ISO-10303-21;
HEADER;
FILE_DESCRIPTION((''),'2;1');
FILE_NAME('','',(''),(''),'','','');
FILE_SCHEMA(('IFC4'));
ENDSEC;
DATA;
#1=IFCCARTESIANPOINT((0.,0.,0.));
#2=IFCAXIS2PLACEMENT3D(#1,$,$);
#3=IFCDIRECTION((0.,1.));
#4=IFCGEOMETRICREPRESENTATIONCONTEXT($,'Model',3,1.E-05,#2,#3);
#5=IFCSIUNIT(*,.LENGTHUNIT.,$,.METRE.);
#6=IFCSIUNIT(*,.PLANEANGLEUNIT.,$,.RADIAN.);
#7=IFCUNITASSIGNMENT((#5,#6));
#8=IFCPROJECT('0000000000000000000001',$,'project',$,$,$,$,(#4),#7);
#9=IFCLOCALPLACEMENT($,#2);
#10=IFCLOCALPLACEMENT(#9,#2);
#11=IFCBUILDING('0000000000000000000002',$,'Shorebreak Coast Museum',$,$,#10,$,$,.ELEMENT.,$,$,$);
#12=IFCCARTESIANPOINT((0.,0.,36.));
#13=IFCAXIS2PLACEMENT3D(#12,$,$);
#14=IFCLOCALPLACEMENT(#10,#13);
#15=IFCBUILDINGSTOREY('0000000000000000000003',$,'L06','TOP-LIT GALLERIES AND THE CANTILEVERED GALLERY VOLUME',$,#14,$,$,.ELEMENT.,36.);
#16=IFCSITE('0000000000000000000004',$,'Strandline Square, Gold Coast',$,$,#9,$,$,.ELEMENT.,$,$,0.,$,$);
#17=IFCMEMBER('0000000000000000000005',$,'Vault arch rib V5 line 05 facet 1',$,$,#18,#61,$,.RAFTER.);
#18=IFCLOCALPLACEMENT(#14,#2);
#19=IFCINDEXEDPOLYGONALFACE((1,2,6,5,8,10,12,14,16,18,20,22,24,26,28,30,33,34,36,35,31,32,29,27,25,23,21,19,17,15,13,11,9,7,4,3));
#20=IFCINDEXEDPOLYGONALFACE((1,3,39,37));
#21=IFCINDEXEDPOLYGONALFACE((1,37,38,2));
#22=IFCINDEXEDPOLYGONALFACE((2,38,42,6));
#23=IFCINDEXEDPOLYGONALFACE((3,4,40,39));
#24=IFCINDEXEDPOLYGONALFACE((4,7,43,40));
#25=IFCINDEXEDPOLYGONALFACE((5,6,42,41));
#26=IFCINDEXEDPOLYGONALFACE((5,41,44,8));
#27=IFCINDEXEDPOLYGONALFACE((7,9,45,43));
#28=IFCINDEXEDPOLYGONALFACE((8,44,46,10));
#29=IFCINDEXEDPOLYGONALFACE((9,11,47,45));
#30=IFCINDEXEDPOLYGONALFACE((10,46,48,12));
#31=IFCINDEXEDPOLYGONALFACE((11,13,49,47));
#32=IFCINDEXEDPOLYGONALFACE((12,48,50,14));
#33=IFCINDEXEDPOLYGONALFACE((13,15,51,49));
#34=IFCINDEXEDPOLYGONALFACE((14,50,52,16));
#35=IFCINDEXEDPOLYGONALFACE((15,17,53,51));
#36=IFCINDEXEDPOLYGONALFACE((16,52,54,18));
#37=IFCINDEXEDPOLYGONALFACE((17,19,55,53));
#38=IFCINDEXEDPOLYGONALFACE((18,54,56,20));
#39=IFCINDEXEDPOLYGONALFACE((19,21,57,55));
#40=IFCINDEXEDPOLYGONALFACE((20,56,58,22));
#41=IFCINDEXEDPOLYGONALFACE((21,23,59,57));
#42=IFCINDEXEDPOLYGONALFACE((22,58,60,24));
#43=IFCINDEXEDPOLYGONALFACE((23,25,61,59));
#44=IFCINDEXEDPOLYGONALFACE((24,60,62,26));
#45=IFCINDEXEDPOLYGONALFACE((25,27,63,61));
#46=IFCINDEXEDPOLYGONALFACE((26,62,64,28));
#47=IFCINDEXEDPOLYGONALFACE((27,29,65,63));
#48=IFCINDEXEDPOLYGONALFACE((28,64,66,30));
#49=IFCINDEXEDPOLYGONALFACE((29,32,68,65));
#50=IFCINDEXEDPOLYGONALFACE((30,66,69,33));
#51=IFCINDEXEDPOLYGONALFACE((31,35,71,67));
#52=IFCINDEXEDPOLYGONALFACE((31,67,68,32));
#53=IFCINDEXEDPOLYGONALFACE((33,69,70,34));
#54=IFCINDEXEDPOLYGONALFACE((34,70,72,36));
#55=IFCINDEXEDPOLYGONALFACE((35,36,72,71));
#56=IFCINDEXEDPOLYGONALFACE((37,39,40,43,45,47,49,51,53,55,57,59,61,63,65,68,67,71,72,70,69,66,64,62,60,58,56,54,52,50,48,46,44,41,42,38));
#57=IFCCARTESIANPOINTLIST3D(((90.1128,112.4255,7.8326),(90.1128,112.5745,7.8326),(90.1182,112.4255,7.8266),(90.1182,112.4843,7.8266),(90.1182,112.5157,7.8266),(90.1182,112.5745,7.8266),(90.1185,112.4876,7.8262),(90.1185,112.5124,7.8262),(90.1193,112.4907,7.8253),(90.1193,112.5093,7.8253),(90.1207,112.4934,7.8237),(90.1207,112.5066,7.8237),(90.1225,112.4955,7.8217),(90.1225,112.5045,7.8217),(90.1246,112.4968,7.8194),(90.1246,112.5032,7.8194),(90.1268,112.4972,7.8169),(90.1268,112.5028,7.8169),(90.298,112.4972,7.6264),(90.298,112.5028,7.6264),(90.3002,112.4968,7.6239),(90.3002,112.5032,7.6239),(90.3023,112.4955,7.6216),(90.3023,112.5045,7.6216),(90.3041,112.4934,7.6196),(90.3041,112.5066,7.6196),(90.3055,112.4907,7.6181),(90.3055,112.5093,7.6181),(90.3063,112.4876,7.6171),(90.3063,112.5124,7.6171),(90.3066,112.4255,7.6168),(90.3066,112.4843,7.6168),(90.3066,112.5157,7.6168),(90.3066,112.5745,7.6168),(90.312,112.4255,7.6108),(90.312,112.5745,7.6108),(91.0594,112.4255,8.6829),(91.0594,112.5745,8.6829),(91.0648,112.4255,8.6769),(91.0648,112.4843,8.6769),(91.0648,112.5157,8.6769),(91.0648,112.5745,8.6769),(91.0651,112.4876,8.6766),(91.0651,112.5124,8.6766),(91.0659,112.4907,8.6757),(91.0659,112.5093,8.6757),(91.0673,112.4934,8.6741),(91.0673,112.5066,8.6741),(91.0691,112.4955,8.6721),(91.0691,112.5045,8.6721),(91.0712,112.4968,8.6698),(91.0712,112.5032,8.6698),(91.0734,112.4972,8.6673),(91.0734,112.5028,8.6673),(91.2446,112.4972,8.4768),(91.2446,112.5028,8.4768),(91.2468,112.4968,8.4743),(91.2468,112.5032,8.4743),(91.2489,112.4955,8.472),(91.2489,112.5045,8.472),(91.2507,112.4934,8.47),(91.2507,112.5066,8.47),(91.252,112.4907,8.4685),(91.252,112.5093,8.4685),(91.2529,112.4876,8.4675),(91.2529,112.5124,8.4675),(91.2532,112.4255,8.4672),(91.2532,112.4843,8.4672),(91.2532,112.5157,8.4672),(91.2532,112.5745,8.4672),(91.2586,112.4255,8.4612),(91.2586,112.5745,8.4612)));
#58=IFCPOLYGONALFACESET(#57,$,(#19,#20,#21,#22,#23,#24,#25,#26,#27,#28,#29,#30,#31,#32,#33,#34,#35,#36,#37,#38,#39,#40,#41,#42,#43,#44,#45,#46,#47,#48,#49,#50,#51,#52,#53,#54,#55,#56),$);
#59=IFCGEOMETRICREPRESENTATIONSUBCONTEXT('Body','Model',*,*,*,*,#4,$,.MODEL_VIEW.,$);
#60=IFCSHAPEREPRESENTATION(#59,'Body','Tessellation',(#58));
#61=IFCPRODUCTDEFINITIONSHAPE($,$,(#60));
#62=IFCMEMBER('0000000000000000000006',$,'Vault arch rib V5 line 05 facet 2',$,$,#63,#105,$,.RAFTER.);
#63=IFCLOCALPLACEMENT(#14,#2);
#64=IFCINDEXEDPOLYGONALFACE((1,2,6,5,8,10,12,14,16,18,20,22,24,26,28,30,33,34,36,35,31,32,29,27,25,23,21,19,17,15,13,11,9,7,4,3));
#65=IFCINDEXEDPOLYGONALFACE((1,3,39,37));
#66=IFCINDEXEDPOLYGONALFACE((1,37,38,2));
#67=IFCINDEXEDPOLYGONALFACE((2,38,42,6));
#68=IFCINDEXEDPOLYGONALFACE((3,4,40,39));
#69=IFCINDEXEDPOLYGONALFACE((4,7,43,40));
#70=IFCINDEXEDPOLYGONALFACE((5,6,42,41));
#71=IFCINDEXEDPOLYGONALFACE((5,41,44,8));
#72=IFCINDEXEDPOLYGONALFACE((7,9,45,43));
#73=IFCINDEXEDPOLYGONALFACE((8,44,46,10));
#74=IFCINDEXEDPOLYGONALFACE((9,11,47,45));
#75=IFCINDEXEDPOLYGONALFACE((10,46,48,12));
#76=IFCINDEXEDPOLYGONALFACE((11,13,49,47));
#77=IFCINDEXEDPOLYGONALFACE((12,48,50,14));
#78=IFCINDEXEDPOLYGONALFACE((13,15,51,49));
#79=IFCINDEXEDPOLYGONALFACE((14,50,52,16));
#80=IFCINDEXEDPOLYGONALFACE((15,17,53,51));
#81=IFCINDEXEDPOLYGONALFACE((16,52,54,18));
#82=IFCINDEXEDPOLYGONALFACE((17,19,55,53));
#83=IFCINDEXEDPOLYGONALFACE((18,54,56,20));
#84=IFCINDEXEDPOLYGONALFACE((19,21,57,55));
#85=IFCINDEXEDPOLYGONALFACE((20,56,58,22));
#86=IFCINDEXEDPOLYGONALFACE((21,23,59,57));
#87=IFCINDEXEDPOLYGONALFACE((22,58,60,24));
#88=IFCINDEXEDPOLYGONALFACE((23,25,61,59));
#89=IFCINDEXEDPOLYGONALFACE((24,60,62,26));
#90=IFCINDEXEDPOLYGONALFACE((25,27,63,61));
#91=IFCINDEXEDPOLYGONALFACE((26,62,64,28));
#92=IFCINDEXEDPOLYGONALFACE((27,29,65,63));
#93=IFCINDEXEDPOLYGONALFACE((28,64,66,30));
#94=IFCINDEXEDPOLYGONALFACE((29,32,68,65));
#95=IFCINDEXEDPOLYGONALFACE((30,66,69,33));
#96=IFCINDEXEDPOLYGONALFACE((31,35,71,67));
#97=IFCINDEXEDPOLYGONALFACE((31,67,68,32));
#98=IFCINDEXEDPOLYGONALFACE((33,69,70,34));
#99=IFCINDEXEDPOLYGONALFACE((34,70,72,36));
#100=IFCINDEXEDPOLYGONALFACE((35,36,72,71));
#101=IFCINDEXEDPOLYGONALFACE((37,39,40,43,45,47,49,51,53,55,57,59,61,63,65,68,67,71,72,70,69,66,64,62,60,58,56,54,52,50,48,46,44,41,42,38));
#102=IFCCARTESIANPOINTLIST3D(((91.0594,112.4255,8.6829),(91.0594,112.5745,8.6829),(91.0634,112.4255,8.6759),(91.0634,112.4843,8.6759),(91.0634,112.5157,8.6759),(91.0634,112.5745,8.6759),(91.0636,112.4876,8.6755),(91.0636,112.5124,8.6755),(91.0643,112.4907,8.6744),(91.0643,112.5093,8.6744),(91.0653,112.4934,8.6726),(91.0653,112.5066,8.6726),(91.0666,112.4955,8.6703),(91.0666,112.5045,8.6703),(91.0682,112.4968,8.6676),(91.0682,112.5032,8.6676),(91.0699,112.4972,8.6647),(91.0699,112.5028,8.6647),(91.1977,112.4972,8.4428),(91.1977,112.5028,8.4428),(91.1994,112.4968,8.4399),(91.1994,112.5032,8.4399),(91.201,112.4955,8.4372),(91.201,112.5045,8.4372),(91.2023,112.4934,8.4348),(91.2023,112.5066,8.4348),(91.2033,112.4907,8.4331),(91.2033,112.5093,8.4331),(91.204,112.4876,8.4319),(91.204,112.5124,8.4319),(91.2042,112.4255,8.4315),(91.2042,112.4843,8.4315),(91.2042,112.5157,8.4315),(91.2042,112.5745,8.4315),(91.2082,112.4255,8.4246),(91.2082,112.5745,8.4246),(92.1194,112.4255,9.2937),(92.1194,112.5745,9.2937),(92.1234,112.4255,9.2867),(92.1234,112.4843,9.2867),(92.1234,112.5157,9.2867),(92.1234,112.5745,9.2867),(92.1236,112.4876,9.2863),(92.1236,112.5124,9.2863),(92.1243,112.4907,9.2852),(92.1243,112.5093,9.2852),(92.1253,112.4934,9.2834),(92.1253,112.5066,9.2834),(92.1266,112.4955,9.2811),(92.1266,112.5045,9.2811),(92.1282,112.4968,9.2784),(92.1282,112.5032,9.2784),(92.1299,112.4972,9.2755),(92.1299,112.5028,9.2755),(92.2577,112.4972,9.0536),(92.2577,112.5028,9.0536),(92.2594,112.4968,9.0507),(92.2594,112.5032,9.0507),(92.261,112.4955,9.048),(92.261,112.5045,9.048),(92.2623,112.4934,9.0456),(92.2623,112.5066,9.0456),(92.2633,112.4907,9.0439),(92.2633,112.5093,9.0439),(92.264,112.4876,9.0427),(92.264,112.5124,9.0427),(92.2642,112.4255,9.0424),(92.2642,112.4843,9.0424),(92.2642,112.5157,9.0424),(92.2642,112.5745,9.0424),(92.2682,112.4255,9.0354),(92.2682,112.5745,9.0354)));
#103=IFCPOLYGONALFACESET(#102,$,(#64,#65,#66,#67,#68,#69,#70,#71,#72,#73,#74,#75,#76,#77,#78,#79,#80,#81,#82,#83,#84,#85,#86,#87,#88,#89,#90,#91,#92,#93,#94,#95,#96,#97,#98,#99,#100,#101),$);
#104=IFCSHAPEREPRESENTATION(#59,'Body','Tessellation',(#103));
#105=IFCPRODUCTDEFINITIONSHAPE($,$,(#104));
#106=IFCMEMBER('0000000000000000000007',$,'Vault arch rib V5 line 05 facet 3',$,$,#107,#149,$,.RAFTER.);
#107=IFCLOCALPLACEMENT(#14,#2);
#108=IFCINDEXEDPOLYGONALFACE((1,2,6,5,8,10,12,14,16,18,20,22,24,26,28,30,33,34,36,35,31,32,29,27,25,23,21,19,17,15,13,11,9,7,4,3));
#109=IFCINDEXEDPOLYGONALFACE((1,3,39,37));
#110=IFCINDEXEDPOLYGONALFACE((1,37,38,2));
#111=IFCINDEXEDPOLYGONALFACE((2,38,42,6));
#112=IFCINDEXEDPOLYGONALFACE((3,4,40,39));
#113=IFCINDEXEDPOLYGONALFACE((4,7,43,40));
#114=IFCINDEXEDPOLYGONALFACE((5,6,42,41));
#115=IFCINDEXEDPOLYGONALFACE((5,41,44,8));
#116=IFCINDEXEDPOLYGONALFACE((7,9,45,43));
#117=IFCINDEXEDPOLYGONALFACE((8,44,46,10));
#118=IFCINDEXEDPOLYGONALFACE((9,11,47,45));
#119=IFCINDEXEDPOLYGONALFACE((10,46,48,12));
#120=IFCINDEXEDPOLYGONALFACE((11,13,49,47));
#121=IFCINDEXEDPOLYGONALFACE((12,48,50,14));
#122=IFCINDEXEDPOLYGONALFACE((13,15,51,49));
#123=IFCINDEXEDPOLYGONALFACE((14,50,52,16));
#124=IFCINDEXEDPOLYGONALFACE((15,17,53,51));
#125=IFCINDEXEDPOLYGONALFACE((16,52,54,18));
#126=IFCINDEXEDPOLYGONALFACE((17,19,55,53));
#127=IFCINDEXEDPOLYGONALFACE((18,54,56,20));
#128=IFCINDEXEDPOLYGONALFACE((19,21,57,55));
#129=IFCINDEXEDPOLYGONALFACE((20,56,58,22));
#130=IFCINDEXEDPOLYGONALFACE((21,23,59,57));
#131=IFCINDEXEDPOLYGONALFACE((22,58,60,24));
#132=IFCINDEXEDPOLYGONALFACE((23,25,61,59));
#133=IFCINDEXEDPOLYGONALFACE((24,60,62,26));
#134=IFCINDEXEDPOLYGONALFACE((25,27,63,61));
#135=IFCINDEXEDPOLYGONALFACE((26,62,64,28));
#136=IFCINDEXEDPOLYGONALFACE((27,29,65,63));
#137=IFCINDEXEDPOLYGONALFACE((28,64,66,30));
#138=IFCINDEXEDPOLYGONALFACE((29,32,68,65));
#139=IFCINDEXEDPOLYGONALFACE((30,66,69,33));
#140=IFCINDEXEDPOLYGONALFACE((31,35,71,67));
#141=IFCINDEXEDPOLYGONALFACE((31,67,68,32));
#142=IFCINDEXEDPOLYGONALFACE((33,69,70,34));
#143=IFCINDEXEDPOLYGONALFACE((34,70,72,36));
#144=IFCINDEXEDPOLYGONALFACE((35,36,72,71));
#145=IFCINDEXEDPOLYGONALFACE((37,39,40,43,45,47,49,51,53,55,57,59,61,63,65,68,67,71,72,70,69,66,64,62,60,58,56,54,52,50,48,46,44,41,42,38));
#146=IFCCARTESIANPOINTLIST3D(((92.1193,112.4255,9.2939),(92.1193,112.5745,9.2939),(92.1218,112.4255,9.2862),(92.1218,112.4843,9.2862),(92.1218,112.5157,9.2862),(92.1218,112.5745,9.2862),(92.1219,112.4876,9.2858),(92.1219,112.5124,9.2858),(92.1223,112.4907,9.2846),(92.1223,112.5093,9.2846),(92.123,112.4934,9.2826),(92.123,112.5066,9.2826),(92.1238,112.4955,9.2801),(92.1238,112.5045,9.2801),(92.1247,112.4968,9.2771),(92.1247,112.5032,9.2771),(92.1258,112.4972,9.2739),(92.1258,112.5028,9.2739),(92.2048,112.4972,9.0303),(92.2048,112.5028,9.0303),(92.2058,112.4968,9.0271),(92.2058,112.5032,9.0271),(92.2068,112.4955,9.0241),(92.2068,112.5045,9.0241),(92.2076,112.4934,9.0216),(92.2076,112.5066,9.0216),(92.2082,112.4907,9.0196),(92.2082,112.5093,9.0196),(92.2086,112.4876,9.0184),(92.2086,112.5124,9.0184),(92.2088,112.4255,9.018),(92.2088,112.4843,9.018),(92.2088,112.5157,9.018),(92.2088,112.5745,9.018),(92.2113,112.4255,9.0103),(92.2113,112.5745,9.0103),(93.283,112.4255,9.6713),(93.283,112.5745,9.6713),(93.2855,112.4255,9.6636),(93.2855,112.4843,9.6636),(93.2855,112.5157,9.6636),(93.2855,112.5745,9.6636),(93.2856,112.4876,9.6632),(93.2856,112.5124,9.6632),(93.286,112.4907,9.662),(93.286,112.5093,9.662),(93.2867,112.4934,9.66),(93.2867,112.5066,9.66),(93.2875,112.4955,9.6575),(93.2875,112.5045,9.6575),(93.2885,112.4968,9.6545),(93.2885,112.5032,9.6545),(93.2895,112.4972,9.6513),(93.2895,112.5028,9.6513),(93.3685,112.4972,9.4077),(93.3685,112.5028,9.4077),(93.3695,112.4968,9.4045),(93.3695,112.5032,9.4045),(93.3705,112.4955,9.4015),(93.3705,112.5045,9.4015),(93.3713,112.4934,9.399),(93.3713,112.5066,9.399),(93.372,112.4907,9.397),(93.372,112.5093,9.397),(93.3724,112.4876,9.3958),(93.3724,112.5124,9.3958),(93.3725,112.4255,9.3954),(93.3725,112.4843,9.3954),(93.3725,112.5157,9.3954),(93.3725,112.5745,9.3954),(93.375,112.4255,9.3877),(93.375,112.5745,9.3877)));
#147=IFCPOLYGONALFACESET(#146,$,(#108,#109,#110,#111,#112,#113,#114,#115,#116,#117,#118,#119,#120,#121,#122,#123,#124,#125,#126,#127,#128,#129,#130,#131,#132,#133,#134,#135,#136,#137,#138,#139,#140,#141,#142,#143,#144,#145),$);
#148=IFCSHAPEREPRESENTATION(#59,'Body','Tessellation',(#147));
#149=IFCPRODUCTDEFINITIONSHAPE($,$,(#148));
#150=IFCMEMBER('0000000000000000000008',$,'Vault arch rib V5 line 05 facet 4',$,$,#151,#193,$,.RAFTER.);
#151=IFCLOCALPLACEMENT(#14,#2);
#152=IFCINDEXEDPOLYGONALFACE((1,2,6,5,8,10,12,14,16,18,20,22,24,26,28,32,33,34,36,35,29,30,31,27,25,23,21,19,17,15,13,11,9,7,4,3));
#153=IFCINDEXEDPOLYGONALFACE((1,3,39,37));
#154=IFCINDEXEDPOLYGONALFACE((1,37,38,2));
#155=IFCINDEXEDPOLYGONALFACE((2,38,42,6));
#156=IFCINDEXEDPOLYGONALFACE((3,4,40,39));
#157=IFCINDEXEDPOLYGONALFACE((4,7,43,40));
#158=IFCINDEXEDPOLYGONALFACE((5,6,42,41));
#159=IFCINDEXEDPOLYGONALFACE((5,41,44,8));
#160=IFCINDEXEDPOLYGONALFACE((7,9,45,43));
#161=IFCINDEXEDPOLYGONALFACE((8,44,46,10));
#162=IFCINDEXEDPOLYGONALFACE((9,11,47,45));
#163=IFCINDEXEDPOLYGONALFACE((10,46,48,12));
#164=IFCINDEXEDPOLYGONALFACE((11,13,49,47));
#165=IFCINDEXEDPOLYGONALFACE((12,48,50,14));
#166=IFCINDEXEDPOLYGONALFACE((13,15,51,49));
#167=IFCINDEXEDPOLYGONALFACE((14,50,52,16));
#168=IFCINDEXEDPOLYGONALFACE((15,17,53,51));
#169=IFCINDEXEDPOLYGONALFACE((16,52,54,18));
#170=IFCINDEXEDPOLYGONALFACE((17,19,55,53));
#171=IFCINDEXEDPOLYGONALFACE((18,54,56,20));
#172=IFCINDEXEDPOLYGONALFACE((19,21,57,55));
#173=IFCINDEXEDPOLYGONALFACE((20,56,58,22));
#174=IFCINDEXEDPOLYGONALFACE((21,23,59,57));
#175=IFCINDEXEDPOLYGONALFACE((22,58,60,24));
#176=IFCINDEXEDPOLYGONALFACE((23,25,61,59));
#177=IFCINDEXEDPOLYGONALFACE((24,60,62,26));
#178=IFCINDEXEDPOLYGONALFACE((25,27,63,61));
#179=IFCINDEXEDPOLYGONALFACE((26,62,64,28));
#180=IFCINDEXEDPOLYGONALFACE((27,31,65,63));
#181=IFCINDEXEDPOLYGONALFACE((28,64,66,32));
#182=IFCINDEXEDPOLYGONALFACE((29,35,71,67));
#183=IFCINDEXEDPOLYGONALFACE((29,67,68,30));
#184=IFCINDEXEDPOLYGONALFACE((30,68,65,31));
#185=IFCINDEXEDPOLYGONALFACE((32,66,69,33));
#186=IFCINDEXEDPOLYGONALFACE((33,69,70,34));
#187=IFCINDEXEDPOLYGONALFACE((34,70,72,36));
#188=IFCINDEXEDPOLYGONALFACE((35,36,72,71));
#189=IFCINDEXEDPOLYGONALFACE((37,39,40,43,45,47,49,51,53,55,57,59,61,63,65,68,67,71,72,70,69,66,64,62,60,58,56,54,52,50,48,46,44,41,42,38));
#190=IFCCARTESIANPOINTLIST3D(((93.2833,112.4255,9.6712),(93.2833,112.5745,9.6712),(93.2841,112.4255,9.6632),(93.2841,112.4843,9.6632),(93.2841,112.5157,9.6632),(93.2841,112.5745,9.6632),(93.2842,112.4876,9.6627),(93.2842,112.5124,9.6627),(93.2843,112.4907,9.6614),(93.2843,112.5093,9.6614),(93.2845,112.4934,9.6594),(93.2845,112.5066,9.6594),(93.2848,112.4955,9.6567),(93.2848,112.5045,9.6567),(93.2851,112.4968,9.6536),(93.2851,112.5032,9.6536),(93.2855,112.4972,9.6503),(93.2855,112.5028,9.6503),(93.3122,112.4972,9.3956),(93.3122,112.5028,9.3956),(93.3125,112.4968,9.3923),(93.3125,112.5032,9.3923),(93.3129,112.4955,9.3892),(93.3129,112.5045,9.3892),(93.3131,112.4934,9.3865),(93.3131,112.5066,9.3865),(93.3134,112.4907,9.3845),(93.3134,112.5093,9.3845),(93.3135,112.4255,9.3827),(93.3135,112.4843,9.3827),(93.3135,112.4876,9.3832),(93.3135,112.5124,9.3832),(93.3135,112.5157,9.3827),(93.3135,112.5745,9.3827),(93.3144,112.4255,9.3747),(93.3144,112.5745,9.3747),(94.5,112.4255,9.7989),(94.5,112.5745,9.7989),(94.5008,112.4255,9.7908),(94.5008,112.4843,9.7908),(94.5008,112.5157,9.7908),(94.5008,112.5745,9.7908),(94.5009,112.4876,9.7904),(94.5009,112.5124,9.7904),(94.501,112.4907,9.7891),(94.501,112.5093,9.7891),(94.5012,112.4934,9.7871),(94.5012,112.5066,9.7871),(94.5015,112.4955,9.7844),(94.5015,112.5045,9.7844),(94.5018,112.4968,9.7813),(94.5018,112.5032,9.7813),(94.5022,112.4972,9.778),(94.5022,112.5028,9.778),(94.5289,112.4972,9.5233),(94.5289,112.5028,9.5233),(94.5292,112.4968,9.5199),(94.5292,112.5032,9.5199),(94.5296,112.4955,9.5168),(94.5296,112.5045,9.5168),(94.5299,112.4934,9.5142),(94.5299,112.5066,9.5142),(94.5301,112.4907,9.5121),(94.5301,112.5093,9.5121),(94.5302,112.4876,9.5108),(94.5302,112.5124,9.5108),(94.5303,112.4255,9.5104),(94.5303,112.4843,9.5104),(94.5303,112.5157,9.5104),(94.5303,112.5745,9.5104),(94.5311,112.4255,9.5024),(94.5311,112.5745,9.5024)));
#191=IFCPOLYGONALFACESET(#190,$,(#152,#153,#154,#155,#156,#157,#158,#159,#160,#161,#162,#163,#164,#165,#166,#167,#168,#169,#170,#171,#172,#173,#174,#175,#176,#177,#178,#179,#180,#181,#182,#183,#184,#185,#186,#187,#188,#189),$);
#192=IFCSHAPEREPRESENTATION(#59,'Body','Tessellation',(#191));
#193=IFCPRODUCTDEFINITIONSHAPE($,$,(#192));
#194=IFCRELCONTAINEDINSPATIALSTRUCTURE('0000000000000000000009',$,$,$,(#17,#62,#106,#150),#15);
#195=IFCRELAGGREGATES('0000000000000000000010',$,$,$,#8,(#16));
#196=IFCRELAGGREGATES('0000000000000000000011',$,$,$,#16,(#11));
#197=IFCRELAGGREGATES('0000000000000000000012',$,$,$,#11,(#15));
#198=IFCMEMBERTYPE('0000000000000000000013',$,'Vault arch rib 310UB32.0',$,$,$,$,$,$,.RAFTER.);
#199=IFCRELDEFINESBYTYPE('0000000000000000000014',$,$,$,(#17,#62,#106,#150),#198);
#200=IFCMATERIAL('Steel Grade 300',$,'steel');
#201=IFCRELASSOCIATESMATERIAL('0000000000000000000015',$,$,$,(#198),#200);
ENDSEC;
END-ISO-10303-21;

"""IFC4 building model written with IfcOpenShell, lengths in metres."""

from ifc_helpers import new_model, si_unit, direction, frame, origin, origin_2d, place, context, subcontext, project, spatial, i_section, extrude, material, material_profile, profile_set, type_object, element, save


model = new_model("IFC4")

# Units and contexts
model_context = context("Model", 3, precision=1e-05, world=origin(), true_north=direction((0.0, 1.0)))
body_context = subcontext(model_context, "Body", "Model", "MODEL_VIEW")
ifc_project = project(units=[si_unit("LENGTHUNIT", "METRE"), si_unit("PLANEANGLEUNIT", "RADIAN")], contexts=[model_context])

# Site, building, storey
site_placement = place(None, origin())
site = spatial("IfcSite", under=ifc_project, at=site_placement, Name="Strandline Square, Gold Coast", CompositionType="ELEMENT", RefElevation=0.0)
building_placement = place(site_placement, origin())
building = spatial("IfcBuilding", under=site, at=building_placement, Name="Shorebreak Coast Museum", CompositionType="ELEMENT")
storey_placement = place(building_placement, frame((0.0, 0.0, 36.0)))
storey = spatial("IfcBuildingStorey", under=building, at=storey_placement, Name="L06", Description="TOP-LIT GALLERIES AND THE CANTILEVERED GALLERY VOLUME", CompositionType="ELEMENT", Elevation=36.0)

# Members
ifc_material_1 = material(Name="Steel Grade 300", Category="steel")
ifc_material_profile_1 = material_profile(ifc_material_1, i_section(OverallWidth=0.1489, OverallDepth=0.2981, WebThickness=0.0056, FlangeThickness=0.0081, FilletRadius=0.0129, at=origin_2d()), Name="310UB32.0")
ifc_profile_set_1 = profile_set([ifc_material_profile_1], Name="Steel Grade 300")
member_type_1 = type_object("IfcMemberType", Name="Vault arch rib 310UB32.0", PredefinedType="RAFTER", material=ifc_profile_set_1)
for number, where, z_axis, x_axis, name in (
    (1, (90.2124, 112.5, 7.7217), (0.743895, 0.0, 0.668297), (0.0, 1.0, 0.0), "Vault arch rib V5 line 05 facet 1"),
):
    element("IfcMember", number, at=place(storey_placement, frame(where, z_axis=z_axis, x_axis=x_axis)), inside=storey, type_object=member_type_1, Name=name, PredefinedType="RAFTER", context=body_context, shape_type="SweptSolid", body=[
        extrude(i_section(OverallWidth=0.1489, OverallDepth=0.2981, WebThickness=0.0056, FlangeThickness=0.0081, FilletRadius=0.0129, at=origin_2d()), origin(), (0.0, 0.0, 1.0), 1.2725),
    ])
for number, where, z_axis, x_axis, name in (
    (2, (91.1338, 112.5, 8.5537), (0.866445, 0.0, 0.499273), (0.0, 1.0, 0.0), "Vault arch rib V5 line 05 facet 2"),
    (3, (92.1653, 112.5, 9.1521), (0.951226, 0.0, 0.308495), (0.0, 1.0, 0.0), "Vault arch rib V5 line 05 facet 3"),
    (4, (93.2988, 112.5, 9.5229), (0.994539, 0.0, 0.104363), (0.0, 1.0, 0.0), "Vault arch rib V5 line 05 facet 4"),
):
    element("IfcMember", number, at=place(storey_placement, frame(where, z_axis=z_axis, x_axis=x_axis)), inside=storey, type_object=member_type_1, Name=name, PredefinedType="RAFTER", context=body_context, shape_type="SweptSolid", body=[
        extrude(i_section(OverallWidth=0.1489, OverallDepth=0.2981, WebThickness=0.0056, FlangeThickness=0.0081, FilletRadius=0.0129, at=origin_2d()), origin(), (0.0, 0.0, 1.0), 1.2234),
    ])

save(model, "model.ifc")
